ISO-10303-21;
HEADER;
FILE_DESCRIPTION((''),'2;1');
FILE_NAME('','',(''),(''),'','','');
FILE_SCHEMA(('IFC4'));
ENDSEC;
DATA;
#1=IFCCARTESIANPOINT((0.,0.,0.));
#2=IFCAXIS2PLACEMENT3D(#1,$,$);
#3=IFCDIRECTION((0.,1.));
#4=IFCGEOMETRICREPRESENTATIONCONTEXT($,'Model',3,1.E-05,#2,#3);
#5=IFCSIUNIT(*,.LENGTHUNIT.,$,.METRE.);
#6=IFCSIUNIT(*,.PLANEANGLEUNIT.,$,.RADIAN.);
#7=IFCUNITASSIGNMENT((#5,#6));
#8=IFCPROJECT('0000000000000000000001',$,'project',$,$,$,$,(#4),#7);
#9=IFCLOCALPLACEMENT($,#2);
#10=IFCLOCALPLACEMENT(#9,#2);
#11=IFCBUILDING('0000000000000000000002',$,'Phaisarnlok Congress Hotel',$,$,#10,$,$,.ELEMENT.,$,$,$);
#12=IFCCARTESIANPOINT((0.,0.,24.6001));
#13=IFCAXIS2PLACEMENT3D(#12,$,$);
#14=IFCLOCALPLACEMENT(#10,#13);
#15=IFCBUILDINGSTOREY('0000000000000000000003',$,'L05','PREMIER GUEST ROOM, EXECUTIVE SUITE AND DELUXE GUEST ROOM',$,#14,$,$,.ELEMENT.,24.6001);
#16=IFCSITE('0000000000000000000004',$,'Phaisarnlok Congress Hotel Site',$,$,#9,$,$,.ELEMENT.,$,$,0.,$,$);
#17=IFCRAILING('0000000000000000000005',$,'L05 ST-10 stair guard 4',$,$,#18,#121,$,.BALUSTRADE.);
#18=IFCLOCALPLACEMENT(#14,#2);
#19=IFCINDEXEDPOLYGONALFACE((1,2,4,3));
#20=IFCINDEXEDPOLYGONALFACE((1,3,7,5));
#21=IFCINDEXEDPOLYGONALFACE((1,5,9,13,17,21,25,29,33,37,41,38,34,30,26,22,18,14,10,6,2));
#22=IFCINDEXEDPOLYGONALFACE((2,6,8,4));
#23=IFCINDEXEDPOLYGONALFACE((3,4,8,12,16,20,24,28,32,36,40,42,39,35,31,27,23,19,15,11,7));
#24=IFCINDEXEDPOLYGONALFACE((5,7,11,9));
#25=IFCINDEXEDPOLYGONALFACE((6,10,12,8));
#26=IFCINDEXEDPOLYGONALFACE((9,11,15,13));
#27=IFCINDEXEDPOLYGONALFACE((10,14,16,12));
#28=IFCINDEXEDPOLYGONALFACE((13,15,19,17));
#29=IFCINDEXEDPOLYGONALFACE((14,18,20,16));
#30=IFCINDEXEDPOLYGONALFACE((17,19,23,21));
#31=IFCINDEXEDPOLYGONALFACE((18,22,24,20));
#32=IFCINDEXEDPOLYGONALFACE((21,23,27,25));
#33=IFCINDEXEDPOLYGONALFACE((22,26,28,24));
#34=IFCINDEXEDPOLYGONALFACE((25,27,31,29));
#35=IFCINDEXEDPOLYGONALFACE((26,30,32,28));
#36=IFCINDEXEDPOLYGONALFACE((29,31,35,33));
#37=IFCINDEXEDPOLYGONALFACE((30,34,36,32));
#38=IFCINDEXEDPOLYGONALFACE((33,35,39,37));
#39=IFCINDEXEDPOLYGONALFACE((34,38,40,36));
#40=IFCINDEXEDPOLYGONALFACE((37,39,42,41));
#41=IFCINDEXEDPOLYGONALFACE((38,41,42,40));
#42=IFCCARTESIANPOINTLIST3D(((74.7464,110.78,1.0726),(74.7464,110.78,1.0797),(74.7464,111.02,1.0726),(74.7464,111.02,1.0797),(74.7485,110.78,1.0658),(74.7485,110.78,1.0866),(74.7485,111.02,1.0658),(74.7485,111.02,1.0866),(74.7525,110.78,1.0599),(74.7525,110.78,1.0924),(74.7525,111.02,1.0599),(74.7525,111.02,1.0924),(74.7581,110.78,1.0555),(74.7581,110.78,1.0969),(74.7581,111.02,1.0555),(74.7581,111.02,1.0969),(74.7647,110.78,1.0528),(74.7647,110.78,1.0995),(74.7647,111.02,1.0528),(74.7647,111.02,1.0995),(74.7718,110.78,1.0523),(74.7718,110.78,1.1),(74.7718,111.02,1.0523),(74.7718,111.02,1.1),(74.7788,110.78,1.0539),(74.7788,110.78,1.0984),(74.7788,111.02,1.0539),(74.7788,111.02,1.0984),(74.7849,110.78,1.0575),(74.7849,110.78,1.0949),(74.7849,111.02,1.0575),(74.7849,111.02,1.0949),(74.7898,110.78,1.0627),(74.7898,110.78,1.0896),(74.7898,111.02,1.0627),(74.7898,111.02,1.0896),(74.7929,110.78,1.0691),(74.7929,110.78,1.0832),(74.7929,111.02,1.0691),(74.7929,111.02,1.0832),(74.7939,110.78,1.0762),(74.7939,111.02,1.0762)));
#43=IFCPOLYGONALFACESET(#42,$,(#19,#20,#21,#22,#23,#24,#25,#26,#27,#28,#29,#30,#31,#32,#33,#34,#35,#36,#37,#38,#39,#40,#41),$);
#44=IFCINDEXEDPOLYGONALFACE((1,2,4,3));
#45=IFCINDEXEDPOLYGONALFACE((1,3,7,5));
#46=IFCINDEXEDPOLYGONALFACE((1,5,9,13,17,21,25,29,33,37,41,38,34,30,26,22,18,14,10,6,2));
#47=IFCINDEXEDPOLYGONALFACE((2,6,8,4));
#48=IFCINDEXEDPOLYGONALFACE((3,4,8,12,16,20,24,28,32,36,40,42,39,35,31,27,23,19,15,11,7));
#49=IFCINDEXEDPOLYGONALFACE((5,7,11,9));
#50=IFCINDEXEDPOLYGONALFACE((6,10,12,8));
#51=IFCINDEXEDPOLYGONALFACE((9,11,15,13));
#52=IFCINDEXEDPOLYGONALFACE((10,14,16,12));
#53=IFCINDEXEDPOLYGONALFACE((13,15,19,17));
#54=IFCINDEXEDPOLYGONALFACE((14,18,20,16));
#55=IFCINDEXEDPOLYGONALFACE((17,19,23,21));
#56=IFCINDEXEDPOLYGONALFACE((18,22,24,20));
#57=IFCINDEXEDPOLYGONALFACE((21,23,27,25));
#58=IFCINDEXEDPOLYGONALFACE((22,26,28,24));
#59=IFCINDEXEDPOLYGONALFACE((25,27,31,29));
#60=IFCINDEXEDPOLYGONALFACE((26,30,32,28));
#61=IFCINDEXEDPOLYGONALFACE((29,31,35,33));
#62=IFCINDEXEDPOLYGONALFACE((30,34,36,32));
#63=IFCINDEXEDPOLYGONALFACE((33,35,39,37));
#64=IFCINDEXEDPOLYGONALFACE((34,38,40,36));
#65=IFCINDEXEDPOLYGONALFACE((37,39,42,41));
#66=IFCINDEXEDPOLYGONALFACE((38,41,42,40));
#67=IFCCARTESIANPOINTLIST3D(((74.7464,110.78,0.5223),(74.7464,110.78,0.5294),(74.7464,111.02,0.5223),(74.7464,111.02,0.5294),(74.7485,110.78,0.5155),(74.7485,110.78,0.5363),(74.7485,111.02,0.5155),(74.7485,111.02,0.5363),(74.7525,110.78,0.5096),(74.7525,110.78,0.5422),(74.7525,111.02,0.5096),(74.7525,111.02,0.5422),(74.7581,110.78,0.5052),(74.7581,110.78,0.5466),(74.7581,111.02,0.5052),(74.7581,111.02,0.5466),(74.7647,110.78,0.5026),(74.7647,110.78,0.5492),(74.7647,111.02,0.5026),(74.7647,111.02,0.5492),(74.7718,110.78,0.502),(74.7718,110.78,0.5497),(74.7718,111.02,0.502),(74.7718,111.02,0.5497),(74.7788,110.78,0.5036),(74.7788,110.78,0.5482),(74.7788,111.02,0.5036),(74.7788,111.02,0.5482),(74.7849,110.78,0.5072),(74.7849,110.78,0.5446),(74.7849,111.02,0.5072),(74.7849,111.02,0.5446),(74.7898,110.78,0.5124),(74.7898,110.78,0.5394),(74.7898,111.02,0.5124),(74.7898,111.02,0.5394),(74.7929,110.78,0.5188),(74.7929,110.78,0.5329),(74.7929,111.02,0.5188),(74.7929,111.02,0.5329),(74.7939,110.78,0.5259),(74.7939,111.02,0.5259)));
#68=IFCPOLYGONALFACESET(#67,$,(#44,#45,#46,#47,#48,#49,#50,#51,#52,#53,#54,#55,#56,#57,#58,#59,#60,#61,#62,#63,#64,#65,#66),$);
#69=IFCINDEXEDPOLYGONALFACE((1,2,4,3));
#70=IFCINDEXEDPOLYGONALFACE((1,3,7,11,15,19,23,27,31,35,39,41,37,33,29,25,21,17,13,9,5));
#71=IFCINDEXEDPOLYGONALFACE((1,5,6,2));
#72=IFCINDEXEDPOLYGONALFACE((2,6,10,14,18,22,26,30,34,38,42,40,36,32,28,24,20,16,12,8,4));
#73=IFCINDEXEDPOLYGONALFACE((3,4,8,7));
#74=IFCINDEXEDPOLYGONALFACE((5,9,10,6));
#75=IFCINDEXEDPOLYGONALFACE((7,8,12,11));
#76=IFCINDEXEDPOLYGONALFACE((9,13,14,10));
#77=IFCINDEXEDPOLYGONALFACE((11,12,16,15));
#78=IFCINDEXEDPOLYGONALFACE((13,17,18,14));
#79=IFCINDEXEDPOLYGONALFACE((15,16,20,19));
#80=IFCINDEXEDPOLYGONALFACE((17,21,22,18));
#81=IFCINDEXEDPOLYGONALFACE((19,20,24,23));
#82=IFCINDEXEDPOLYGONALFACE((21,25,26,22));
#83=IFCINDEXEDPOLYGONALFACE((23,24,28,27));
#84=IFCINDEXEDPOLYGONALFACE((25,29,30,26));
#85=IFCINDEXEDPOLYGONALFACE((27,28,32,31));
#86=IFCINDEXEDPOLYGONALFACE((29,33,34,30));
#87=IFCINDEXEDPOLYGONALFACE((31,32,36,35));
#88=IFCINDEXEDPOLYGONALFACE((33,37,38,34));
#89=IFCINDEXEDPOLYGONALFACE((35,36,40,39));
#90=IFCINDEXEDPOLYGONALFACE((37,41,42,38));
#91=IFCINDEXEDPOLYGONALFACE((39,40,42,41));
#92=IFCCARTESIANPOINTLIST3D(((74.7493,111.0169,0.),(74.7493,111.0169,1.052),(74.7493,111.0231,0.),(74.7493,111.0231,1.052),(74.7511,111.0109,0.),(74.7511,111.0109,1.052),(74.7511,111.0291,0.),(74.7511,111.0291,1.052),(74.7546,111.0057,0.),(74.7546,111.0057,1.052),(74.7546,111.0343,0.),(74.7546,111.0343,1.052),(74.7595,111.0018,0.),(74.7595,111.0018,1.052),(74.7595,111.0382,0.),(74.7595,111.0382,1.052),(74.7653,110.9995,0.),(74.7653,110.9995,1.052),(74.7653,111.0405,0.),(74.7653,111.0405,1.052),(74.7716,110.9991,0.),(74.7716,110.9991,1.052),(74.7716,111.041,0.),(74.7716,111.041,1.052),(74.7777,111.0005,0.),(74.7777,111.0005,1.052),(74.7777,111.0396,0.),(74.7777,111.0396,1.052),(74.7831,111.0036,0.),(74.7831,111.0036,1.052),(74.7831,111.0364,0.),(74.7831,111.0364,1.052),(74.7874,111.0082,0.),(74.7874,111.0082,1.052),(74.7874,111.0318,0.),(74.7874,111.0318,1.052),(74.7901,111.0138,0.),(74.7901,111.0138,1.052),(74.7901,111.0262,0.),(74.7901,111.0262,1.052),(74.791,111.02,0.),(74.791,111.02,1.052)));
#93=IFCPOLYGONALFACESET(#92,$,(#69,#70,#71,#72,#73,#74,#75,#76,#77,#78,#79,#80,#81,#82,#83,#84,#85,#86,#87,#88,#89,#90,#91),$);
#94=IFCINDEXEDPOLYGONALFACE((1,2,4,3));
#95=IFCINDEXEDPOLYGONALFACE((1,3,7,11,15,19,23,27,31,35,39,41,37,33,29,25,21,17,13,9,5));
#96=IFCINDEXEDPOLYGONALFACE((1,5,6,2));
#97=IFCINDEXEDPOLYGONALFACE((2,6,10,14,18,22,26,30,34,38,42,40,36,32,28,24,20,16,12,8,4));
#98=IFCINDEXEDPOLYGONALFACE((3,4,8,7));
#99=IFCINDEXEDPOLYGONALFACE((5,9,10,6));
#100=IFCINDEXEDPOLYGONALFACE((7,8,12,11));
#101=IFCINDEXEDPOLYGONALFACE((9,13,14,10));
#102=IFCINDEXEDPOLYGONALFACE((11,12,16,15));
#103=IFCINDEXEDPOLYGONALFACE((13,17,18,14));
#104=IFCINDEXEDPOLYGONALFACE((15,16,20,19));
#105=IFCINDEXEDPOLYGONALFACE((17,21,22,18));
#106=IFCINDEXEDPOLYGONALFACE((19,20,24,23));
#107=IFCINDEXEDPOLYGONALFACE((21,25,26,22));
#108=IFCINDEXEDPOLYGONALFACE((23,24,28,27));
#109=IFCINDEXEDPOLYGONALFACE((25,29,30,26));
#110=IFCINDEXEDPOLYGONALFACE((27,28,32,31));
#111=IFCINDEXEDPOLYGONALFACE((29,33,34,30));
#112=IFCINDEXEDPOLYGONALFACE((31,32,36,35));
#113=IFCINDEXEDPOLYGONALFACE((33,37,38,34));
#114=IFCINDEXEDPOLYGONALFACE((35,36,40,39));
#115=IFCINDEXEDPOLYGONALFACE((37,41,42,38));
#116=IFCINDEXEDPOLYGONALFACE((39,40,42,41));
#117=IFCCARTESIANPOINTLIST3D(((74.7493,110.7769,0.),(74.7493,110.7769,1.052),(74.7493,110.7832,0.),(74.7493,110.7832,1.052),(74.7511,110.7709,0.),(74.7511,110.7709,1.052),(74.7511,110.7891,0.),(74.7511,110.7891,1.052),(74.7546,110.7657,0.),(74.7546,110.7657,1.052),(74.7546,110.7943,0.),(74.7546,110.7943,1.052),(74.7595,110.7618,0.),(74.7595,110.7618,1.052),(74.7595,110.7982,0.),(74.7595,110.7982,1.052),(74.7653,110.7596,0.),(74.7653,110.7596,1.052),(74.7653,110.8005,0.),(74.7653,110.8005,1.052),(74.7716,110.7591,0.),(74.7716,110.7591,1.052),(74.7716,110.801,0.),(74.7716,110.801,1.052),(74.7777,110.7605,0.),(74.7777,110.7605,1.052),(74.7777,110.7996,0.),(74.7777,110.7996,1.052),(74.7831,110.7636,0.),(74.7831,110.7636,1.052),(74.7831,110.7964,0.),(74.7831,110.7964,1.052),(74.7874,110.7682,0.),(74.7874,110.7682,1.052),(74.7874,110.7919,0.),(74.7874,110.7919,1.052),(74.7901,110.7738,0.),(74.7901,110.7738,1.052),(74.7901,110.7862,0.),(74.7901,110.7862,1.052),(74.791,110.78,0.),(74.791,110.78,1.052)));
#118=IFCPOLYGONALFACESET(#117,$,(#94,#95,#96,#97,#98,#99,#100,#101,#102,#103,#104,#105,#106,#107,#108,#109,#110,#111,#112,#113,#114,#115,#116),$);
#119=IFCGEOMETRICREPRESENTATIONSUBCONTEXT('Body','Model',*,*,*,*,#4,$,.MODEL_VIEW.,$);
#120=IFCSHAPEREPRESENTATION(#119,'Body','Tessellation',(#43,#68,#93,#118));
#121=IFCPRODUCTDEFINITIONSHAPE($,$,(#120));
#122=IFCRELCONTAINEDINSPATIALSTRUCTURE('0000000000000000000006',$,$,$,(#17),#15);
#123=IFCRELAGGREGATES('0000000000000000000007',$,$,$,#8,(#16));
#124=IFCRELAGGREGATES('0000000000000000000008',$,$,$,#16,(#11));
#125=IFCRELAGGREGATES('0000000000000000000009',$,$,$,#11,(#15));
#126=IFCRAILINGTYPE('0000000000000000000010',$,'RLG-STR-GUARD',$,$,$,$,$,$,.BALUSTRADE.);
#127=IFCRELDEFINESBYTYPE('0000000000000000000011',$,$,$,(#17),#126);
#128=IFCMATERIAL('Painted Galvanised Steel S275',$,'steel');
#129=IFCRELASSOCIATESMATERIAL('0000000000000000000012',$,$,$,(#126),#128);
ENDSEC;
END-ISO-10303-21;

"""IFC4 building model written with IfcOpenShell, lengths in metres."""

from ifc_helpers import new_model, si_unit, direction, frame, origin, origin_2d, place, context, subcontext, project, spatial, circle, extrude, material, type_object, element, save


model = new_model("IFC4")

# Units and contexts
model_context = context("Model", 3, precision=1e-05, world=origin(), true_north=direction((0.0, 1.0)))
body_context = subcontext(model_context, "Body", "Model", "MODEL_VIEW")
ifc_project = project(units=[si_unit("LENGTHUNIT", "METRE"), si_unit("PLANEANGLEUNIT", "RADIAN")], contexts=[model_context])

# Site, building, storey
site_placement = place(None, origin())
site = spatial("IfcSite", under=ifc_project, at=site_placement, Name="Phaisarnlok Congress Hotel Site", CompositionType="ELEMENT", RefElevation=0.0)
building_placement = place(site_placement, origin())
building = spatial("IfcBuilding", under=site, at=building_placement, Name="Phaisarnlok Congress Hotel", CompositionType="ELEMENT")
storey_placement = place(building_placement, frame((0.0, 0.0, 24.6001)))
storey = spatial("IfcBuildingStorey", under=building, at=storey_placement, Name="L05", Description="PREMIER GUEST ROOM, EXECUTIVE SUITE AND DELUXE GUEST ROOM", CompositionType="ELEMENT", Elevation=24.6001)

# Railing
ifc_material_1 = material(Name="Painted Galvanised Steel S275", Category="steel")
railing_type_1 = type_object("IfcRailingType", Name="RLG-STR-GUARD", PredefinedType="BALUSTRADE", material=ifc_material_1)
railing_1_placement = place(storey_placement, frame((74.77, 111.02, 0.0)))
element("IfcRailing", 1, at=railing_1_placement, inside=storey, type_object=railing_type_1, Name="L05 ST-10 stair guard 4", PredefinedType="BALUSTRADE", context=body_context, shape_type="SweptSolid", body=[
    extrude(circle(Radius=0.0239, at=origin_2d()), frame((0.0, 0.0, 1.0762), z_axis=(0.0, -1.0, 0.0), x_axis=(1.0, 0.0, 0.0)), (0.0, 0.0, 1.0), 0.24),
    extrude(circle(Radius=0.0239, at=origin_2d()), frame((0.0, 0.0, 0.5259), z_axis=(0.0, -1.0, 0.0), x_axis=(1.0, 0.0, 0.0)), (0.0, 0.0, 1.0), 0.24),
    extrude(circle(Radius=0.021, at=origin_2d()), origin(), (0.0, 0.0, 1.0), 1.052),
    extrude(circle(Radius=0.021, at=origin_2d()), frame((0.0, -0.24, 0.0)), (0.0, 0.0, 1.0), 1.052),
])

save(model, "model.ifc")
